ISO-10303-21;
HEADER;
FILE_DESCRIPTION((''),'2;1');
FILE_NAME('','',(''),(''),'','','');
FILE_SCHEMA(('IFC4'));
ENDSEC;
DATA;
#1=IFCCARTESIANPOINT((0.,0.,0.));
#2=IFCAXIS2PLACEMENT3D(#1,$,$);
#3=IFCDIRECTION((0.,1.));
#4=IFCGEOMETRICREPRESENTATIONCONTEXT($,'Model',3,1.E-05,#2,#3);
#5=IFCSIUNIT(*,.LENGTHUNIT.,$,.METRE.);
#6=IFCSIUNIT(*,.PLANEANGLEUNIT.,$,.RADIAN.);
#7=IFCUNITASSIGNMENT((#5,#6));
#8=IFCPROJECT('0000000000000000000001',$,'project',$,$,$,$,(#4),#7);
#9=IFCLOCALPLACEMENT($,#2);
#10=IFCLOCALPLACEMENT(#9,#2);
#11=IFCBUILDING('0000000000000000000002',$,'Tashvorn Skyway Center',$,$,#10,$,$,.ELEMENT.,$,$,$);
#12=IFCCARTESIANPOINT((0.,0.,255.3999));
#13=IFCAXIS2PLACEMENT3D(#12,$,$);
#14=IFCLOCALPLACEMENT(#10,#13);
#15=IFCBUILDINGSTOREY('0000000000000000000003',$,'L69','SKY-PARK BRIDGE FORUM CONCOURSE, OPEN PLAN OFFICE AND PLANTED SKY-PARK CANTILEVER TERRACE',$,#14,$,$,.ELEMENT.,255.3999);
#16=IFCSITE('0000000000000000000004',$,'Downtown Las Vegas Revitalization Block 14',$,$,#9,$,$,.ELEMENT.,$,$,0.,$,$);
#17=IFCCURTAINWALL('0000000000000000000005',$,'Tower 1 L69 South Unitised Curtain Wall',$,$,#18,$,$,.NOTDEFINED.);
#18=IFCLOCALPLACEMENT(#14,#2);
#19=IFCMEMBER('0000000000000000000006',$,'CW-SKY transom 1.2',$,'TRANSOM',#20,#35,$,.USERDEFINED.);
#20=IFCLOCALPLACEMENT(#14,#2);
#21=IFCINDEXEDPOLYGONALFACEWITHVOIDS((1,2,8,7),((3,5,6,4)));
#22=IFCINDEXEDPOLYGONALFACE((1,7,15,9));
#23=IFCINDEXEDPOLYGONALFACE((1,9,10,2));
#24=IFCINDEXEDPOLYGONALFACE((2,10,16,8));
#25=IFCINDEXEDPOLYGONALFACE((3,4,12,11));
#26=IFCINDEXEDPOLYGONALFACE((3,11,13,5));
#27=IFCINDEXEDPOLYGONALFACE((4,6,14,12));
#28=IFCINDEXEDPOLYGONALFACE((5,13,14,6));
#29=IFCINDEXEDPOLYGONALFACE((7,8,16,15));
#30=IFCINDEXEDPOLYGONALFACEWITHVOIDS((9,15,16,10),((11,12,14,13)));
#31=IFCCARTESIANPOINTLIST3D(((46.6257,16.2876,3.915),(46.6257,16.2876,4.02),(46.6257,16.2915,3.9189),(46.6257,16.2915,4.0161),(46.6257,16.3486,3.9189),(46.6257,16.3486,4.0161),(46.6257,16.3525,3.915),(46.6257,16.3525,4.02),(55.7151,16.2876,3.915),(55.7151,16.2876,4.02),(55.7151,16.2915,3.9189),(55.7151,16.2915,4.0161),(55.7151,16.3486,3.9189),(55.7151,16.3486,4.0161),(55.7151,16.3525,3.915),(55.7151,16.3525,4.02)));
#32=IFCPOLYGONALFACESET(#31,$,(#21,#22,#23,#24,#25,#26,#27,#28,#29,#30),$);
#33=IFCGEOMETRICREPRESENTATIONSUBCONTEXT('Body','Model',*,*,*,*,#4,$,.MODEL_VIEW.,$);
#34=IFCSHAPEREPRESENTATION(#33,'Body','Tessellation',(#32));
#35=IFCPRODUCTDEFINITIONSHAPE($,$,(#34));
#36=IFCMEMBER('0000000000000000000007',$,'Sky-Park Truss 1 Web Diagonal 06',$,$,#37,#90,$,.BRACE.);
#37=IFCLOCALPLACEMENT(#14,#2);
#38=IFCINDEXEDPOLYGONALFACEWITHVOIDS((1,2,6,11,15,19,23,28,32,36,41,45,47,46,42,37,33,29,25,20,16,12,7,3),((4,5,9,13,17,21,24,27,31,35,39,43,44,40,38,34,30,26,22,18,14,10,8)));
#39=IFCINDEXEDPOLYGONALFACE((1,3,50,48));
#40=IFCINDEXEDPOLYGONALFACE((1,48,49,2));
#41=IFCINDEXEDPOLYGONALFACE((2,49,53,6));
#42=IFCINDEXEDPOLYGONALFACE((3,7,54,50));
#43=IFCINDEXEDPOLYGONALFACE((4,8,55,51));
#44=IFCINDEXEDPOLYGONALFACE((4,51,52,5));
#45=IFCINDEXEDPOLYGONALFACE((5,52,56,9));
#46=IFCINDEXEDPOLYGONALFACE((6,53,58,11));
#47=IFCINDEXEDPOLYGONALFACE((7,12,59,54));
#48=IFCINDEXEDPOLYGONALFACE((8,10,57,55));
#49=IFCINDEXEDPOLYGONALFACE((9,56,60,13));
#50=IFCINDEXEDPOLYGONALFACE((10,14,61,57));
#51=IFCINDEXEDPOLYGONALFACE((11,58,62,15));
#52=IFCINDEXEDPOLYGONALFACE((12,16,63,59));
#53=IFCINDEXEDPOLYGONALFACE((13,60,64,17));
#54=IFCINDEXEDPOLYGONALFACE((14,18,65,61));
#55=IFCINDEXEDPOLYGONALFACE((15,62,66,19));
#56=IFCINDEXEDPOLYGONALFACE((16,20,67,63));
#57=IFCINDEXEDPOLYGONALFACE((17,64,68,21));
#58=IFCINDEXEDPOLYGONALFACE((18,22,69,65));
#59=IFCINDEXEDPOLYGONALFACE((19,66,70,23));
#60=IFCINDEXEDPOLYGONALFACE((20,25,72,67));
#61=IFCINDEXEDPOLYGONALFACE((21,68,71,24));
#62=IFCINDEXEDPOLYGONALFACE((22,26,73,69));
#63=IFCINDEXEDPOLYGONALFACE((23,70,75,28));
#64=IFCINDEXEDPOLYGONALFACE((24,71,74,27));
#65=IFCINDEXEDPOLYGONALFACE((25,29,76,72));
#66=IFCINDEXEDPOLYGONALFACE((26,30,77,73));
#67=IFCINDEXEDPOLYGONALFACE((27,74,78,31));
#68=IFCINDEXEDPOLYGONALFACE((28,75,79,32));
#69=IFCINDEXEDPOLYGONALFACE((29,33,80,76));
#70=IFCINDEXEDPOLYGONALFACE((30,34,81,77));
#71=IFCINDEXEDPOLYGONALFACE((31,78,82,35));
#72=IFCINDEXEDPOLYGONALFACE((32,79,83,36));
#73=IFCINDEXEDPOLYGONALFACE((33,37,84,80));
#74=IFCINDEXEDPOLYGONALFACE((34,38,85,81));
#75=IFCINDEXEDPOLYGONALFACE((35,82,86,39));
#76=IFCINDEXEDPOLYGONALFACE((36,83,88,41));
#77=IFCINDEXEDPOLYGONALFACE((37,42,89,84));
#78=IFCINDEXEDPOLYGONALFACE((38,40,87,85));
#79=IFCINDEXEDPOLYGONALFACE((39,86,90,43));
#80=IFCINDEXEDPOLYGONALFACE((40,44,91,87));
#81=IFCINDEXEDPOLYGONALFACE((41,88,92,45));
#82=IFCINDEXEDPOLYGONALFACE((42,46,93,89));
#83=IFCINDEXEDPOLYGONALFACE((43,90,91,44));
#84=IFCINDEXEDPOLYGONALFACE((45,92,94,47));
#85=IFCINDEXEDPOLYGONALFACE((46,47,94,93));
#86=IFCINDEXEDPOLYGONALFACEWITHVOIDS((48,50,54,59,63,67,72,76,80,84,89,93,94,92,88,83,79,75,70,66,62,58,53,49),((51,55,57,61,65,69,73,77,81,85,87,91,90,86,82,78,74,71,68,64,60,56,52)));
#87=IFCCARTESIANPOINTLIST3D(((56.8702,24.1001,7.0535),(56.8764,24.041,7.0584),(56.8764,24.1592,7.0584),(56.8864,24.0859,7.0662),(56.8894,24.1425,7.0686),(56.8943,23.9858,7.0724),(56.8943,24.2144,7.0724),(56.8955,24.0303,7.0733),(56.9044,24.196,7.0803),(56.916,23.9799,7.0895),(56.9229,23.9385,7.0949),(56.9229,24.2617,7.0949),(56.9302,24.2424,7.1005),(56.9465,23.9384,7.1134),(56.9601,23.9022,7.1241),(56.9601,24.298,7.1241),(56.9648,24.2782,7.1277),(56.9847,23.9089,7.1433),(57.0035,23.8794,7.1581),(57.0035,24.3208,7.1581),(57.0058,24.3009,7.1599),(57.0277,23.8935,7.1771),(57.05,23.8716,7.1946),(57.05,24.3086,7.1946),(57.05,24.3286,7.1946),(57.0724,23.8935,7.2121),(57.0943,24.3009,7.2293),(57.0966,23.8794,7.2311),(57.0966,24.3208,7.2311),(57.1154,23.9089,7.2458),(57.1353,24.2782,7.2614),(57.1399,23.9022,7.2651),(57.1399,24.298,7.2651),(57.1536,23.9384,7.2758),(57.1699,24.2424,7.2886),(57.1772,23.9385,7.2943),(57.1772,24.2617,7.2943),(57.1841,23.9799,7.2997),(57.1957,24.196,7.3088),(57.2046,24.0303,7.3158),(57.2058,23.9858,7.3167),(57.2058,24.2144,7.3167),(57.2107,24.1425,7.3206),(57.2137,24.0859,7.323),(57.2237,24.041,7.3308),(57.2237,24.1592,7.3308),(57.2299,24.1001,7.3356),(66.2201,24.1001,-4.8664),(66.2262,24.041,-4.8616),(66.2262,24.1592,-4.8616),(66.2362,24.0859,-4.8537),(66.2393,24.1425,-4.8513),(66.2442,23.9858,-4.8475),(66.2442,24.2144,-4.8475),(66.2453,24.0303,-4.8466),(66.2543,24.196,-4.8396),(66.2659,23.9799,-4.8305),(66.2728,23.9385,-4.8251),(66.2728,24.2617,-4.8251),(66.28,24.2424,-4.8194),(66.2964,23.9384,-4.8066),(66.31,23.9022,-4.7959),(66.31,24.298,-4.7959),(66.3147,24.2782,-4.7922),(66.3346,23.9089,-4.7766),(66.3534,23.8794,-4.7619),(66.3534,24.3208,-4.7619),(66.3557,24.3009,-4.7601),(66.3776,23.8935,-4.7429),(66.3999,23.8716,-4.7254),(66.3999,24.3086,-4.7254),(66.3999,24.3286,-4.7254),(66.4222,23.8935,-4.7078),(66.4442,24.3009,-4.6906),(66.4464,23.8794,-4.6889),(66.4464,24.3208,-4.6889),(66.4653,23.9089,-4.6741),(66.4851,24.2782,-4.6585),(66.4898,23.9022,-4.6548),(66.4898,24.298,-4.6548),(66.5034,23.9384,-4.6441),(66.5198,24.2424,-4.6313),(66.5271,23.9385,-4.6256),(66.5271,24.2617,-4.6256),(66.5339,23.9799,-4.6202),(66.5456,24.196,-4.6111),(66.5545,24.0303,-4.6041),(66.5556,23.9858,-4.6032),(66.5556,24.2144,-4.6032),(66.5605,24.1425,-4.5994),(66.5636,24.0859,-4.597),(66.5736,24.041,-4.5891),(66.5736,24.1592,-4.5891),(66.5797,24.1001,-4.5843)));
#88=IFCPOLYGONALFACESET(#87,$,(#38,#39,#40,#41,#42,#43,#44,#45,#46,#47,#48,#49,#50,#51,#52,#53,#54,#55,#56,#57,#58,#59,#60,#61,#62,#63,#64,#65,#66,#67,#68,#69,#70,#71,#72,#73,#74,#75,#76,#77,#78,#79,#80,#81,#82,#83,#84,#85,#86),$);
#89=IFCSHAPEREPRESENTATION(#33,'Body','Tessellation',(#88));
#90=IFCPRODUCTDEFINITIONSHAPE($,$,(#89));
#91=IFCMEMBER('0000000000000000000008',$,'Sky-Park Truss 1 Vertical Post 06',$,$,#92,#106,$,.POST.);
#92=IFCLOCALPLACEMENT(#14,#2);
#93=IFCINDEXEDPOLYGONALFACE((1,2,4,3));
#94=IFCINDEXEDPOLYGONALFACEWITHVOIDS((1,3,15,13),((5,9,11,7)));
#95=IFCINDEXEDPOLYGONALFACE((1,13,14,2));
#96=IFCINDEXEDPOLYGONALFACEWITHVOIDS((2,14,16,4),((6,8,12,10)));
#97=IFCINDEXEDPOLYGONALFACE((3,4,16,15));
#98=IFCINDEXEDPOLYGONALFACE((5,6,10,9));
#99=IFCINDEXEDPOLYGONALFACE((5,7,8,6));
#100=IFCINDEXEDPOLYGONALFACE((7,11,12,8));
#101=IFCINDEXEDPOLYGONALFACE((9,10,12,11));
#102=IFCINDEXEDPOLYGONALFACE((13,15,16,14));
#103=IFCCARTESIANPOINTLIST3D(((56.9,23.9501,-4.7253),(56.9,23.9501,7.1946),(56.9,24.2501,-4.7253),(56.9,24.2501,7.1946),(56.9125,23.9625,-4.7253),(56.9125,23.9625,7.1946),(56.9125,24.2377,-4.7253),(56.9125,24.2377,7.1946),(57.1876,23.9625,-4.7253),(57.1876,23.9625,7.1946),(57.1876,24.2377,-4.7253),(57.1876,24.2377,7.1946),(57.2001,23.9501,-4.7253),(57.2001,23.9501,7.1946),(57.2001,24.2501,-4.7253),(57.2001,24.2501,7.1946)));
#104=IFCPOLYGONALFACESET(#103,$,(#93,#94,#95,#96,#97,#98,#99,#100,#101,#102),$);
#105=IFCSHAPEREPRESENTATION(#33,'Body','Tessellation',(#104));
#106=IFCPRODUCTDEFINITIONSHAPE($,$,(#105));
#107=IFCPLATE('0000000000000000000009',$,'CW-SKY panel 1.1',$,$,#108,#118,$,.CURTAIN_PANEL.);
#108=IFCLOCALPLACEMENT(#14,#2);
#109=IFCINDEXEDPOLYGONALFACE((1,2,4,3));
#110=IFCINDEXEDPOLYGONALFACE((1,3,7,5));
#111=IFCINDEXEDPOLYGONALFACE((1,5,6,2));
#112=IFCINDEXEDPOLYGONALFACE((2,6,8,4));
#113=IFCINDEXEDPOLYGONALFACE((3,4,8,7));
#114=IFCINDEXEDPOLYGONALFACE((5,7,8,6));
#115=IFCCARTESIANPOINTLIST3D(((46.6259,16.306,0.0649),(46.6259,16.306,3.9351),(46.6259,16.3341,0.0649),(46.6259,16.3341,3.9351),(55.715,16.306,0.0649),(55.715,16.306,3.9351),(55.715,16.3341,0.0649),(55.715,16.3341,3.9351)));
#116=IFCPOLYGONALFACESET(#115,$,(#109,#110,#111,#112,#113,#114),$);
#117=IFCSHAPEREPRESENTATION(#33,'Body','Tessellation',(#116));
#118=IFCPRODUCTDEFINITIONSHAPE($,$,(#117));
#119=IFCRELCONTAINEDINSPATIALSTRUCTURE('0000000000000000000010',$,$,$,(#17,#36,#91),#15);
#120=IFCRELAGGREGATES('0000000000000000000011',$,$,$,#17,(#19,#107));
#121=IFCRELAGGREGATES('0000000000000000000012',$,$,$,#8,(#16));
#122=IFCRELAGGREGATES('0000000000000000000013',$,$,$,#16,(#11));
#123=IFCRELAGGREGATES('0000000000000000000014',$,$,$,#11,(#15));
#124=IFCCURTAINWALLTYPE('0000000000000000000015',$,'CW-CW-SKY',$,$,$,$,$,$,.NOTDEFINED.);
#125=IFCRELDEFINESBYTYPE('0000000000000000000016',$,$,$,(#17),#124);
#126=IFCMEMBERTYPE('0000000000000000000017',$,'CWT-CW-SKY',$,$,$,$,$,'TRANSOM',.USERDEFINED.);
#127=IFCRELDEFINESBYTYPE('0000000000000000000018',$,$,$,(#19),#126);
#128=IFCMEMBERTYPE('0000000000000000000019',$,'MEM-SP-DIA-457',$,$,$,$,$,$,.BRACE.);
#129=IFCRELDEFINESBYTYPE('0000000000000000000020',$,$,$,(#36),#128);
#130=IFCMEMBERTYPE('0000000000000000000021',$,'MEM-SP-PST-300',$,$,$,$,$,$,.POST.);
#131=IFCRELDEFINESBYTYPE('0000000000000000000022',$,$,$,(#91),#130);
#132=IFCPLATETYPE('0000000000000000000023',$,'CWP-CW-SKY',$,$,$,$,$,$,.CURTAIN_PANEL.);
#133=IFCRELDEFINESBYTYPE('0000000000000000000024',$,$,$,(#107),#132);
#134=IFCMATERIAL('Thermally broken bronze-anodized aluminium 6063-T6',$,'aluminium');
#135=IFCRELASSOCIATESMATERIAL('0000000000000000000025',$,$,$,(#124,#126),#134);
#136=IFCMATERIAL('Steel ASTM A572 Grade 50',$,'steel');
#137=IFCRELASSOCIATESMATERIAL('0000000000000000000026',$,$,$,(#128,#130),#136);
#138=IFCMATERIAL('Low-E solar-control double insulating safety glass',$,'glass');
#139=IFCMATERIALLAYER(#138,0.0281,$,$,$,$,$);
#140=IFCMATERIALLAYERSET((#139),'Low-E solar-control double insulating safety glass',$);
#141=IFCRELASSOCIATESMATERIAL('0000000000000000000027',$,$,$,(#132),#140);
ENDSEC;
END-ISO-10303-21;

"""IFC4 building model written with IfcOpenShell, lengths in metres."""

from ifc_helpers import new_model, si_unit, direction, frame, origin, origin_2d, place, context, subcontext, project, spatial, rectangle, hollow_rectangle, hollow_circle, extrude, material, layer, layer_set, material_profile, profile_set, type_object, element, aggregate, save


model = new_model("IFC4")

# Units and contexts
model_context = context("Model", 3, precision=1e-05, world=origin(), true_north=direction((0.0, 1.0)))
body_context = subcontext(model_context, "Body", "Model", "MODEL_VIEW")
ifc_project = project(units=[si_unit("LENGTHUNIT", "METRE"), si_unit("PLANEANGLEUNIT", "RADIAN")], contexts=[model_context])

# Site, building, storey
site_placement = place(None, origin())
site = spatial("IfcSite", under=ifc_project, at=site_placement, Name="Downtown Las Vegas Revitalization Block 14", CompositionType="ELEMENT", RefElevation=0.0)
building_placement = place(site_placement, origin())
building = spatial("IfcBuilding", under=site, at=building_placement, Name="Tashvorn Skyway Center", CompositionType="ELEMENT")
storey_placement = place(building_placement, frame((0.0, 0.0, 255.3999)))
storey = spatial("IfcBuildingStorey", under=building, at=storey_placement, Name="L69", Description="SKY-PARK BRIDGE FORUM CONCOURSE, OPEN PLAN OFFICE AND PLANTED SKY-PARK CANTILEVER TERRACE", CompositionType="ELEMENT", Elevation=255.3999)

# Shared definitions
ifc_material_1 = material(Name="Steel ASTM A572 Grade 50", Category="steel")

# Curtain wall, member
ifc_material_2 = material(Name="Thermally broken bronze-anodized aluminium 6063-T6", Category="aluminium")
curtain_wall_type = type_object("IfcCurtainWallType", Name="CW-CW-SKY", PredefinedType="NOTDEFINED", material=ifc_material_2)
curtain_wall_placement = place(storey_placement, origin())
curtain_wall = element("IfcCurtainWall", 1, at=curtain_wall_placement, inside=storey, type_object=curtain_wall_type, Name="Tower 1 L69 South Unitised Curtain Wall", PredefinedType="NOTDEFINED")
ifc_material_profile_1 = material_profile(ifc_material_2, hollow_rectangle(XDim=0.0649, YDim=0.105, WallThickness=0.0039, at=origin_2d()), Name="ALU-TRAN-65x105")
ifc_profile_set_1 = profile_set([ifc_material_profile_1], Name="Thermally broken bronze-anodized aluminium 6063-T6")
member_type_1 = type_object("IfcMemberType", Name="CWT-CW-SKY", ElementType="TRANSOM", PredefinedType="USERDEFINED", material=ifc_profile_set_1)
member_1_placement = place(storey_placement, frame((55.7151, 16.3201, 3.9675), z_axis=(-1.0, 0.0, 0.0), x_axis=(0.0, -1.0, 0.0)))
member_1 = element("IfcMember", 2, at=member_1_placement, type_object=member_type_1, Name="CW-SKY transom 1.2", ObjectType="TRANSOM", PredefinedType="USERDEFINED", context=body_context, shape_type="SweptSolid", body=[
    extrude(hollow_rectangle(XDim=0.0649, YDim=0.105, WallThickness=0.0039, at=origin_2d()), origin(), (0.0, 0.0, 1.0), 9.0894),
])

# Members
ifc_material_profile_2 = material_profile(ifc_material_1, hollow_circle(Radius=0.2285, WallThickness=0.02, at=origin_2d()), Name="CHS457x20")
ifc_profile_set_2 = profile_set([ifc_material_profile_2], Name="Steel ASTM A572 Grade 50")
member_type_2 = type_object("IfcMemberType", Name="MEM-SP-DIA-457", PredefinedType="BRACE", material=ifc_profile_set_2)
member_2_placement = place(storey_placement, frame((57.05, 24.1001, 7.1946), z_axis=(0.617177, 0.0, -0.786825), x_axis=(0.0, 1.0, 0.0)))
element("IfcMember", 3, at=member_2_placement, inside=storey, type_object=member_type_2, Name="Sky-Park Truss 1 Web Diagonal 06", PredefinedType="BRACE", context=body_context, shape_type="SweptSolid", body=[
    extrude(hollow_circle(Radius=0.2285, WallThickness=0.02, at=origin_2d()), origin(), (0.0, 0.0, 1.0), 15.1494),
])
ifc_material_profile_3 = material_profile(ifc_material_1, hollow_rectangle(XDim=0.3, YDim=0.3, WallThickness=0.0125, at=origin_2d()), Name="HSS300x300x12.5")
ifc_profile_set_3 = profile_set([ifc_material_profile_3], Name="Steel ASTM A572 Grade 50")
member_type_3 = type_object("IfcMemberType", Name="MEM-SP-PST-300", PredefinedType="POST", material=ifc_profile_set_3)
member_3_placement = place(storey_placement, frame((57.05, 24.1001, -4.7253), z_axis=(0.0, 0.0, 1.0), x_axis=(1.0, 0.0, 0.0)))
element("IfcMember", 4, at=member_3_placement, inside=storey, type_object=member_type_3, Name="Sky-Park Truss 1 Vertical Post 06", PredefinedType="POST", context=body_context, shape_type="SweptSolid", body=[
    extrude(hollow_rectangle(XDim=0.3, YDim=0.3, WallThickness=0.0125, at=origin_2d()), origin(), (0.0, 0.0, 1.0), 11.9199),
])

# Plate
ifc_material_3 = material(Name="Low-E solar-control double insulating safety glass", Category="glass")
ifc_layer_1 = layer(ifc_material_3, 0.0281)
ifc_layer_set_1 = layer_set([ifc_layer_1], Name="Low-E solar-control double insulating safety glass")
plate_type = type_object("IfcPlateType", Name="CWP-CW-SKY", PredefinedType="CURTAIN_PANEL", material=ifc_layer_set_1)
plate_placement = place(storey_placement, frame((51.1704, 16.3201, 0.0649), z_axis=(0.0, 0.0, 1.0), x_axis=(-1.0, 0.0, 0.0)))
plate = element("IfcPlate", 5, at=plate_placement, type_object=plate_type, Name="CW-SKY panel 1.1", PredefinedType="CURTAIN_PANEL", context=body_context, shape_type="SweptSolid", body=[
    extrude(rectangle(XDim=9.0891, YDim=0.0281, at=origin_2d()), origin(), (0.0, 0.0, 1.0), 3.8701),
])
aggregate(curtain_wall, [member_1, plate])

save(model, "model.ifc")
